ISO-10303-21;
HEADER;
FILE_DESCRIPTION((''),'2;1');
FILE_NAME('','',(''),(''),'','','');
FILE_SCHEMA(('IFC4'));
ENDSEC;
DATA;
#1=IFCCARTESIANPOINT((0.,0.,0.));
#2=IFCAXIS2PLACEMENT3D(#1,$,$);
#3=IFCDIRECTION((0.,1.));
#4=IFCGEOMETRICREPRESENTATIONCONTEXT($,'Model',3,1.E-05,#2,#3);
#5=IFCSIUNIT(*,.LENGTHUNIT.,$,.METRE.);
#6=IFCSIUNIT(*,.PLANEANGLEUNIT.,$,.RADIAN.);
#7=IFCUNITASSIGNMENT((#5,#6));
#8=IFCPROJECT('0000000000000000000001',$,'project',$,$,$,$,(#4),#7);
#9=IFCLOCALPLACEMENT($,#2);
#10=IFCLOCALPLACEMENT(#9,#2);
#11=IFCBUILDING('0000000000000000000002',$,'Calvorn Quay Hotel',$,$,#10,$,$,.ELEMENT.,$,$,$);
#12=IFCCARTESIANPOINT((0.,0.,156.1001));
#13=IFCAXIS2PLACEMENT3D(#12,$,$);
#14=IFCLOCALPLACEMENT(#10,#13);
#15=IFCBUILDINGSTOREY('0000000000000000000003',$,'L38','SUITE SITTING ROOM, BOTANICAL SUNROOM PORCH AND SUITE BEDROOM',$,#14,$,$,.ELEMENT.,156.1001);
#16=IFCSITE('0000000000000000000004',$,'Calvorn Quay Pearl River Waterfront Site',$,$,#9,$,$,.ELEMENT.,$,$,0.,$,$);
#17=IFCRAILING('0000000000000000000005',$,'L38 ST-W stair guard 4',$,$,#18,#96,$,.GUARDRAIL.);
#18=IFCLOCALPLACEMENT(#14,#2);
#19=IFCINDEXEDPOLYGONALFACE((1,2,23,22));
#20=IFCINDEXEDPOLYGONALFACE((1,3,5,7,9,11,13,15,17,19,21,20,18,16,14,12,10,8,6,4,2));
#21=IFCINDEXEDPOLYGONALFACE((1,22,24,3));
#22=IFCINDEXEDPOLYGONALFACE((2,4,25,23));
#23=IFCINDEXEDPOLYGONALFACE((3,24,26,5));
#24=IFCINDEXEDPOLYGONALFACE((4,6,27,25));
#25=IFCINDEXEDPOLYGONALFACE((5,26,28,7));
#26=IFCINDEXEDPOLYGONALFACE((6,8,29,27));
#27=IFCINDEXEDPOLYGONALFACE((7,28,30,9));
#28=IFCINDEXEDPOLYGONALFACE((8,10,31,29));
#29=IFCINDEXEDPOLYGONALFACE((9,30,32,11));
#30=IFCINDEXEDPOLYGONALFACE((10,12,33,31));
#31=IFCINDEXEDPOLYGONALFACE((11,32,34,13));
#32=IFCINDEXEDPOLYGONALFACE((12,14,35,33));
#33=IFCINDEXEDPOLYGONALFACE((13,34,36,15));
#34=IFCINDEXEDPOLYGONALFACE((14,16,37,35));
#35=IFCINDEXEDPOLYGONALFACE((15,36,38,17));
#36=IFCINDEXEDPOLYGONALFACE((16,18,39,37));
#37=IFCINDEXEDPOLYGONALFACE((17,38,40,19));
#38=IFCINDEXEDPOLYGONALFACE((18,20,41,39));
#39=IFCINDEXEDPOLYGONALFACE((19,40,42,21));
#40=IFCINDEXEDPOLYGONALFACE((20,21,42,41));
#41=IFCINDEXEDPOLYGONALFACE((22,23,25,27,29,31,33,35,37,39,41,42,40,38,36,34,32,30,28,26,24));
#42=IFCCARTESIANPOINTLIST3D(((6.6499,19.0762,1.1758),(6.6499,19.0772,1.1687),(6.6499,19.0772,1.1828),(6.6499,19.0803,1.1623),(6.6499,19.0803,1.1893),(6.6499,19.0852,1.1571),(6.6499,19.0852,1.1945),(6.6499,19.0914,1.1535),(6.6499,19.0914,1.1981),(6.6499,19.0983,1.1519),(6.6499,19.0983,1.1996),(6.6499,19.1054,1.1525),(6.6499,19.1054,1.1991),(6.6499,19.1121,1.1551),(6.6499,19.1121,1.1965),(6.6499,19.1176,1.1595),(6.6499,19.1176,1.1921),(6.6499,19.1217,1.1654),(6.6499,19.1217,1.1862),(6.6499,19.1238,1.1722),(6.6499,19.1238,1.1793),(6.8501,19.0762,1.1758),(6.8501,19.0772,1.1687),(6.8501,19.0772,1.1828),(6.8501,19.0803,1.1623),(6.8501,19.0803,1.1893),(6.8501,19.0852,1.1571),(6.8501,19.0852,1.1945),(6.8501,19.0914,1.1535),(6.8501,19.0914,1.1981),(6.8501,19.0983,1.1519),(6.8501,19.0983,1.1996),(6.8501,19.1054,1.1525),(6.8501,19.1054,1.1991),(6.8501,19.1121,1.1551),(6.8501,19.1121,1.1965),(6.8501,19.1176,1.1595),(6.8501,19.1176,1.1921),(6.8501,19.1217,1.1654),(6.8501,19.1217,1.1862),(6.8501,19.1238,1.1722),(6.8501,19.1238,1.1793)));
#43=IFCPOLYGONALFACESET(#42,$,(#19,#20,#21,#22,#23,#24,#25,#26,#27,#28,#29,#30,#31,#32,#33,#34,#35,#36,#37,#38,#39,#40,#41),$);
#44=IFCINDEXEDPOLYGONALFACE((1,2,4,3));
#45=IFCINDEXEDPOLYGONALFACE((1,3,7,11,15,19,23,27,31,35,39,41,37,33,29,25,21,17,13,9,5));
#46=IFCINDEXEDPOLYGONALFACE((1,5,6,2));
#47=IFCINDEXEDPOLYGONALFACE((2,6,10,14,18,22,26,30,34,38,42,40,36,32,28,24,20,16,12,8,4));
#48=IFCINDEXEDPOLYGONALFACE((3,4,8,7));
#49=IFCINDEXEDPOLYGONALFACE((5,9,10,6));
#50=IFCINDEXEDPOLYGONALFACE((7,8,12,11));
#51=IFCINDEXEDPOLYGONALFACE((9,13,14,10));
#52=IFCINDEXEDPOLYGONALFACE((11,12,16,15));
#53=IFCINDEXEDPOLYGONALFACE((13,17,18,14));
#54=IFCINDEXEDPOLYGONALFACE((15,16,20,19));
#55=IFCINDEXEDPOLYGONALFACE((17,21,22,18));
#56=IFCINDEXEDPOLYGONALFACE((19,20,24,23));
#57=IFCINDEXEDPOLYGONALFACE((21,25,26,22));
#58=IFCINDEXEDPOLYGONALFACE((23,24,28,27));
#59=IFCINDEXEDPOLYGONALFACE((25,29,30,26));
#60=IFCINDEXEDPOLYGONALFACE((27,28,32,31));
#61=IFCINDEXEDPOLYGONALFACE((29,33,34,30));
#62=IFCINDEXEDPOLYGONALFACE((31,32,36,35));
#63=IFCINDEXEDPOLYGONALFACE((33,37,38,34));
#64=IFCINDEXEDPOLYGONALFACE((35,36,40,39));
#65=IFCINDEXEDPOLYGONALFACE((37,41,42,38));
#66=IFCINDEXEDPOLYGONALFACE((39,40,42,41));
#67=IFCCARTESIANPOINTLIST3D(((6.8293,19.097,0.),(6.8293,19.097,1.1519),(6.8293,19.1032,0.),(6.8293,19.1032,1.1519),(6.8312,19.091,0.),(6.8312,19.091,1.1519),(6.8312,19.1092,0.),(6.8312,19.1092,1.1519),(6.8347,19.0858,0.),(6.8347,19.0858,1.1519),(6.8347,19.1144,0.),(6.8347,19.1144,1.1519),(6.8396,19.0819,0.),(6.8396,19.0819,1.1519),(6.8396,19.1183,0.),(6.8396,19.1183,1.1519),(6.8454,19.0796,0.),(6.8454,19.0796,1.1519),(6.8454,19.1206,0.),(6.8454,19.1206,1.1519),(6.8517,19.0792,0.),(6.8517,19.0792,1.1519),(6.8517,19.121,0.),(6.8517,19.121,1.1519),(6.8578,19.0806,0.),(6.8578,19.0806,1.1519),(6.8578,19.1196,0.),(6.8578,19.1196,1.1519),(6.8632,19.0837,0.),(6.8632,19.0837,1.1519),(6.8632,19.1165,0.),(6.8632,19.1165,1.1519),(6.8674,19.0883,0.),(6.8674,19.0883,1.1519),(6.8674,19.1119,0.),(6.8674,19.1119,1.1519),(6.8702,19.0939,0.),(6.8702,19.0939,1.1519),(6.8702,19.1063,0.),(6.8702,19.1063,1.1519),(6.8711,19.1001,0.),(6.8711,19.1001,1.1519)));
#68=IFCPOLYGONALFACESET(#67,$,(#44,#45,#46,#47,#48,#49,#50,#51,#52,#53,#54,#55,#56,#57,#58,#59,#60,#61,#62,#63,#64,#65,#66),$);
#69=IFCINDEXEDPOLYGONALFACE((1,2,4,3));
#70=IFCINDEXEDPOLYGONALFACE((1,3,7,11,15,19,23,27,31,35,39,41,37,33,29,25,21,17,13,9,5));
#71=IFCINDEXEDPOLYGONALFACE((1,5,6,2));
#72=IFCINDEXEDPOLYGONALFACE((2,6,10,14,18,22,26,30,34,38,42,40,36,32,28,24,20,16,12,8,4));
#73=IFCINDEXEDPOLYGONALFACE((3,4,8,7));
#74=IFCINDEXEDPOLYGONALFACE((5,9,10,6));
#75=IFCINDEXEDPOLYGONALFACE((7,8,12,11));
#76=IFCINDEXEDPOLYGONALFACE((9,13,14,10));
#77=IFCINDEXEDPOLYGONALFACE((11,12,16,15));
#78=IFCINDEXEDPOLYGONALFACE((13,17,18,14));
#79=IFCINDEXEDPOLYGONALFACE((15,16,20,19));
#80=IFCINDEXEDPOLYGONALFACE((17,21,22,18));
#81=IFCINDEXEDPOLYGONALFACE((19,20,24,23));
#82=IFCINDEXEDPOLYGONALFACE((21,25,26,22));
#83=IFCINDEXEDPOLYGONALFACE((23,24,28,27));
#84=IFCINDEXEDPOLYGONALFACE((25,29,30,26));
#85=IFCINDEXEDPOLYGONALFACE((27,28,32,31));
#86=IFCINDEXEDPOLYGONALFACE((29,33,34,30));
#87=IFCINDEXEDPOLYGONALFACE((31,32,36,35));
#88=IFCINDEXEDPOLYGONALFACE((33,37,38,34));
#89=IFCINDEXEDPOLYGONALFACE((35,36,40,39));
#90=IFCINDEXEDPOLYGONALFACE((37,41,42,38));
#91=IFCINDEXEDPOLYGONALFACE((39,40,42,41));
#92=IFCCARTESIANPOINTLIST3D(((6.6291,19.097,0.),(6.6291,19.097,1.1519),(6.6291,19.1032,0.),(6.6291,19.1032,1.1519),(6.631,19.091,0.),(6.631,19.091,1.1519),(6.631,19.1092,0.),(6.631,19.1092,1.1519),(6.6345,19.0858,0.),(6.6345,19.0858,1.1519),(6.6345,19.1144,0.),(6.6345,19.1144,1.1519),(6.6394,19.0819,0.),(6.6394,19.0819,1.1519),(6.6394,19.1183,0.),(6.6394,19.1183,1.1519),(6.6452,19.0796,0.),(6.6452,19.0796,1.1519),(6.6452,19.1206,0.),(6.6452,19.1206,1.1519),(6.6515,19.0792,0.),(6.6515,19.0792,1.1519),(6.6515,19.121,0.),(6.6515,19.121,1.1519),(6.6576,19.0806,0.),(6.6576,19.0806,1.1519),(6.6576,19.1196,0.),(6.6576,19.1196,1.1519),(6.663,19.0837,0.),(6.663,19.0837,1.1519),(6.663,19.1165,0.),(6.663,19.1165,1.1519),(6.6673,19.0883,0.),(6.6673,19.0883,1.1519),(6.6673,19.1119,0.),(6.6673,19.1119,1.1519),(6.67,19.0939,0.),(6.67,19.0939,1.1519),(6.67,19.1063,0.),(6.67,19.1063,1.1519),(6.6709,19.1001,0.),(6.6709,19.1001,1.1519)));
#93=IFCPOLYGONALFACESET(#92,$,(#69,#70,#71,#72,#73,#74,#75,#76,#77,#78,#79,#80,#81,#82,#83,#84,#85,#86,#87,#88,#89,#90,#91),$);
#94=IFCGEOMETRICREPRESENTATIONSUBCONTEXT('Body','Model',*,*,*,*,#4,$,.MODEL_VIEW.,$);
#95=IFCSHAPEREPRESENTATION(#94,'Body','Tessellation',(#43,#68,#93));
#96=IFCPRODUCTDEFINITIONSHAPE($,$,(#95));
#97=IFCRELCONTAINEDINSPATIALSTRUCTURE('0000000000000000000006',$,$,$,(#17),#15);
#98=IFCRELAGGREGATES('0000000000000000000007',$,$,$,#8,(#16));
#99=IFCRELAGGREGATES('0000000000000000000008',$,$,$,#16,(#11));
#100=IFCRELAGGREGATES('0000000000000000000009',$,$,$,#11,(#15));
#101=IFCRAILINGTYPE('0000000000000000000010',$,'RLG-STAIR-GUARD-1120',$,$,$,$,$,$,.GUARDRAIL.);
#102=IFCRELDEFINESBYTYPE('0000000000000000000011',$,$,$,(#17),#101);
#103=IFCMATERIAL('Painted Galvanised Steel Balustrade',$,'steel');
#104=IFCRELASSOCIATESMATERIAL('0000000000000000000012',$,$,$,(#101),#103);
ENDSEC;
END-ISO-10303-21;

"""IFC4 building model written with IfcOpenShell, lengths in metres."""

from ifc_helpers import new_model, si_unit, direction, frame, origin, origin_2d, place, context, subcontext, project, spatial, circle, extrude, material, type_object, element, save


model = new_model("IFC4")

# Units and contexts
model_context = context("Model", 3, precision=1e-05, world=origin(), true_north=direction((0.0, 1.0)))
body_context = subcontext(model_context, "Body", "Model", "MODEL_VIEW")
ifc_project = project(units=[si_unit("LENGTHUNIT", "METRE"), si_unit("PLANEANGLEUNIT", "RADIAN")], contexts=[model_context])

# Site, building, storey
site_placement = place(None, origin())
site = spatial("IfcSite", under=ifc_project, at=site_placement, Name="Calvorn Quay Pearl River Waterfront Site", CompositionType="ELEMENT", RefElevation=0.0)
building_placement = place(site_placement, origin())
building = spatial("IfcBuilding", under=site, at=building_placement, Name="Calvorn Quay Hotel", CompositionType="ELEMENT")
storey_placement = place(building_placement, frame((0.0, 0.0, 156.1001)))
storey = spatial("IfcBuildingStorey", under=building, at=storey_placement, Name="L38", Description="SUITE SITTING ROOM, BOTANICAL SUNROOM PORCH AND SUITE BEDROOM", CompositionType="ELEMENT", Elevation=156.1001)

# Railing
ifc_material_1 = material(Name="Painted Galvanised Steel Balustrade", Category="steel")
railing_type_1 = type_object("IfcRailingType", Name="RLG-STAIR-GUARD-1120", PredefinedType="GUARDRAIL", material=ifc_material_1)
railing_1_placement = place(storey_placement, frame((6.8501, 19.1001, 0.0)))
element("IfcRailing", 1, at=railing_1_placement, inside=storey, type_object=railing_type_1, Name="L38 ST-W stair guard 4", PredefinedType="GUARDRAIL", context=body_context, shape_type="SweptSolid", body=[
    extrude(circle(Radius=0.0239, at=origin_2d()), frame((0.0, 0.0, 1.1758), z_axis=(-1.0, 0.0, 0.0), x_axis=(0.0, -1.0, 0.0)), (0.0, 0.0, 1.0), 0.2002),
    extrude(circle(Radius=0.021, at=origin_2d()), origin(), (0.0, 0.0, 1.0), 1.1519),
    extrude(circle(Radius=0.021, at=origin_2d()), frame((-0.2002, 0.0, 0.0)), (0.0, 0.0, 1.0), 1.1519),
])

save(model, "model.ifc")
